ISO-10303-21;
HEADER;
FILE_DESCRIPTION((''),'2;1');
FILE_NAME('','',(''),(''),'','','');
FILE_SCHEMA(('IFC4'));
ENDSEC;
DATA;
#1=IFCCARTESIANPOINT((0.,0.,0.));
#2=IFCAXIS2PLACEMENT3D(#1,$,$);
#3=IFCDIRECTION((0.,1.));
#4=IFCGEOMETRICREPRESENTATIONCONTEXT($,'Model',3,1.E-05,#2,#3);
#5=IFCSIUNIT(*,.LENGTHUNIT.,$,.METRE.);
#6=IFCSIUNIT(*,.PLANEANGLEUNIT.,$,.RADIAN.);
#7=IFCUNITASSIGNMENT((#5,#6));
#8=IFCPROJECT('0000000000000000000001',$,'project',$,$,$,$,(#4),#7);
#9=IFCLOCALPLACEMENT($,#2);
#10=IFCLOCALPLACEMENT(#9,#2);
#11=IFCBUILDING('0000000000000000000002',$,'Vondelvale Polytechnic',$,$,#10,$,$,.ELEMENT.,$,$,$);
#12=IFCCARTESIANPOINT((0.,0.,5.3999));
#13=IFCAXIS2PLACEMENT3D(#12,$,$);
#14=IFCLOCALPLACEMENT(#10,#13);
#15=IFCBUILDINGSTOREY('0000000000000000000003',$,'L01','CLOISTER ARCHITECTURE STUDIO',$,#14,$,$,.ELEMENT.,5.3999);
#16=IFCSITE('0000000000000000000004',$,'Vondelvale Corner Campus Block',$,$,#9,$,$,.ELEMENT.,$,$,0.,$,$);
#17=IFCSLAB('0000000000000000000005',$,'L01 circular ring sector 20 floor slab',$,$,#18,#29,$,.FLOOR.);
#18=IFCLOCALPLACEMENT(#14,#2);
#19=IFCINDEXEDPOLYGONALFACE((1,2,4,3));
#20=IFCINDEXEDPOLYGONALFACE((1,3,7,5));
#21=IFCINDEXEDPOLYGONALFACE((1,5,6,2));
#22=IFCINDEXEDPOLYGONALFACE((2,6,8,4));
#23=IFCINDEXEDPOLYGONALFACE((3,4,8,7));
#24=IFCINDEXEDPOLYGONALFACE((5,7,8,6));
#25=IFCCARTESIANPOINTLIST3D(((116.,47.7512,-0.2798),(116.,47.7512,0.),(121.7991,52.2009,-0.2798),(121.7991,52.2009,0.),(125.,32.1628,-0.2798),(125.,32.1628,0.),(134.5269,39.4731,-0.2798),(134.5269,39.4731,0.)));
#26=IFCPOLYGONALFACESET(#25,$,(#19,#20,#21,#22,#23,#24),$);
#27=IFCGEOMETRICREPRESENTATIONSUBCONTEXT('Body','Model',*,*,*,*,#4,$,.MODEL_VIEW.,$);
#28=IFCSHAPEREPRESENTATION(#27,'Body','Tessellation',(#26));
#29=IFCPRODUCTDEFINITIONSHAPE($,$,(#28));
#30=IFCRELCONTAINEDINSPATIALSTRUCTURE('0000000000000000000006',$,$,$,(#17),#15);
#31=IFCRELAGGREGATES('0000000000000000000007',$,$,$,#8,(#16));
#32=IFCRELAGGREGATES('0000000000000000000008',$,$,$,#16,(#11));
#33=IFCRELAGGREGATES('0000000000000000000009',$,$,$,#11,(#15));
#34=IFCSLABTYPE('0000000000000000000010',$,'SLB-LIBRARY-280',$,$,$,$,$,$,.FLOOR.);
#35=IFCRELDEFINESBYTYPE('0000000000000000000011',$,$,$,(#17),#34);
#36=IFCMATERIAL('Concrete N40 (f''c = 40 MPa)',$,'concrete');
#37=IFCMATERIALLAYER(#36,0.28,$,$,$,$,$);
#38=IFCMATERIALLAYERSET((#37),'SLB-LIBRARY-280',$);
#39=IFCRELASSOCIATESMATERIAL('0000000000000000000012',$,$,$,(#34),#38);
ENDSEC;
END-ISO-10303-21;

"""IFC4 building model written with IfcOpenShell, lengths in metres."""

from ifc_helpers import new_model, si_unit, direction, frame, origin, place, context, subcontext, project, spatial, polyline, outline, extrude, material, layer, layer_set, type_object, element, save


model = new_model("IFC4")

# Units and contexts
model_context = context("Model", 3, precision=1e-05, world=origin(), true_north=direction((0.0, 1.0)))
body_context = subcontext(model_context, "Body", "Model", "MODEL_VIEW")
ifc_project = project(units=[si_unit("LENGTHUNIT", "METRE"), si_unit("PLANEANGLEUNIT", "RADIAN")], contexts=[model_context])

# Site, building, storey
site_placement = place(None, origin())
site = spatial("IfcSite", under=ifc_project, at=site_placement, Name="Vondelvale Corner Campus Block", CompositionType="ELEMENT", RefElevation=0.0)
building_placement = place(site_placement, origin())
building = spatial("IfcBuilding", under=site, at=building_placement, Name="Vondelvale Polytechnic", CompositionType="ELEMENT")
storey_placement = place(building_placement, frame((0.0, 0.0, 5.3999)))
storey = spatial("IfcBuildingStorey", under=building, at=storey_placement, Name="L01", Description="CLOISTER ARCHITECTURE STUDIO", CompositionType="ELEMENT", Elevation=5.3999)

# Slab
ifc_material = material(Name="Concrete N40 (f'c = 40 MPa)", Category="concrete")
ifc_layer_1 = layer(ifc_material, 0.28)
ifc_layer_set_1 = layer_set([ifc_layer_1], Name="SLB-LIBRARY-280")
slab_type_1 = type_object("IfcSlabType", Name="SLB-LIBRARY-280", PredefinedType="FLOOR", material=ifc_layer_set_1)
slab_1_placement = place(storey_placement, frame((0.0, 0.0, -0.2798)))
element("IfcSlab", 1, at=slab_1_placement, inside=storey, type_object=slab_type_1, Name="L01 circular ring sector 20 floor slab", PredefinedType="FLOOR", context=body_context, shape_type="SweptSolid", body=[
    extrude(outline(polyline([(116.0, 47.7512), (125.0, 32.1628), (134.5269, 39.4731), (121.7991, 52.2009), (116.0, 47.7512)])), origin(), (0.0, 0.0, 1.0), 0.2798),
])

save(model, "model.ifc")
